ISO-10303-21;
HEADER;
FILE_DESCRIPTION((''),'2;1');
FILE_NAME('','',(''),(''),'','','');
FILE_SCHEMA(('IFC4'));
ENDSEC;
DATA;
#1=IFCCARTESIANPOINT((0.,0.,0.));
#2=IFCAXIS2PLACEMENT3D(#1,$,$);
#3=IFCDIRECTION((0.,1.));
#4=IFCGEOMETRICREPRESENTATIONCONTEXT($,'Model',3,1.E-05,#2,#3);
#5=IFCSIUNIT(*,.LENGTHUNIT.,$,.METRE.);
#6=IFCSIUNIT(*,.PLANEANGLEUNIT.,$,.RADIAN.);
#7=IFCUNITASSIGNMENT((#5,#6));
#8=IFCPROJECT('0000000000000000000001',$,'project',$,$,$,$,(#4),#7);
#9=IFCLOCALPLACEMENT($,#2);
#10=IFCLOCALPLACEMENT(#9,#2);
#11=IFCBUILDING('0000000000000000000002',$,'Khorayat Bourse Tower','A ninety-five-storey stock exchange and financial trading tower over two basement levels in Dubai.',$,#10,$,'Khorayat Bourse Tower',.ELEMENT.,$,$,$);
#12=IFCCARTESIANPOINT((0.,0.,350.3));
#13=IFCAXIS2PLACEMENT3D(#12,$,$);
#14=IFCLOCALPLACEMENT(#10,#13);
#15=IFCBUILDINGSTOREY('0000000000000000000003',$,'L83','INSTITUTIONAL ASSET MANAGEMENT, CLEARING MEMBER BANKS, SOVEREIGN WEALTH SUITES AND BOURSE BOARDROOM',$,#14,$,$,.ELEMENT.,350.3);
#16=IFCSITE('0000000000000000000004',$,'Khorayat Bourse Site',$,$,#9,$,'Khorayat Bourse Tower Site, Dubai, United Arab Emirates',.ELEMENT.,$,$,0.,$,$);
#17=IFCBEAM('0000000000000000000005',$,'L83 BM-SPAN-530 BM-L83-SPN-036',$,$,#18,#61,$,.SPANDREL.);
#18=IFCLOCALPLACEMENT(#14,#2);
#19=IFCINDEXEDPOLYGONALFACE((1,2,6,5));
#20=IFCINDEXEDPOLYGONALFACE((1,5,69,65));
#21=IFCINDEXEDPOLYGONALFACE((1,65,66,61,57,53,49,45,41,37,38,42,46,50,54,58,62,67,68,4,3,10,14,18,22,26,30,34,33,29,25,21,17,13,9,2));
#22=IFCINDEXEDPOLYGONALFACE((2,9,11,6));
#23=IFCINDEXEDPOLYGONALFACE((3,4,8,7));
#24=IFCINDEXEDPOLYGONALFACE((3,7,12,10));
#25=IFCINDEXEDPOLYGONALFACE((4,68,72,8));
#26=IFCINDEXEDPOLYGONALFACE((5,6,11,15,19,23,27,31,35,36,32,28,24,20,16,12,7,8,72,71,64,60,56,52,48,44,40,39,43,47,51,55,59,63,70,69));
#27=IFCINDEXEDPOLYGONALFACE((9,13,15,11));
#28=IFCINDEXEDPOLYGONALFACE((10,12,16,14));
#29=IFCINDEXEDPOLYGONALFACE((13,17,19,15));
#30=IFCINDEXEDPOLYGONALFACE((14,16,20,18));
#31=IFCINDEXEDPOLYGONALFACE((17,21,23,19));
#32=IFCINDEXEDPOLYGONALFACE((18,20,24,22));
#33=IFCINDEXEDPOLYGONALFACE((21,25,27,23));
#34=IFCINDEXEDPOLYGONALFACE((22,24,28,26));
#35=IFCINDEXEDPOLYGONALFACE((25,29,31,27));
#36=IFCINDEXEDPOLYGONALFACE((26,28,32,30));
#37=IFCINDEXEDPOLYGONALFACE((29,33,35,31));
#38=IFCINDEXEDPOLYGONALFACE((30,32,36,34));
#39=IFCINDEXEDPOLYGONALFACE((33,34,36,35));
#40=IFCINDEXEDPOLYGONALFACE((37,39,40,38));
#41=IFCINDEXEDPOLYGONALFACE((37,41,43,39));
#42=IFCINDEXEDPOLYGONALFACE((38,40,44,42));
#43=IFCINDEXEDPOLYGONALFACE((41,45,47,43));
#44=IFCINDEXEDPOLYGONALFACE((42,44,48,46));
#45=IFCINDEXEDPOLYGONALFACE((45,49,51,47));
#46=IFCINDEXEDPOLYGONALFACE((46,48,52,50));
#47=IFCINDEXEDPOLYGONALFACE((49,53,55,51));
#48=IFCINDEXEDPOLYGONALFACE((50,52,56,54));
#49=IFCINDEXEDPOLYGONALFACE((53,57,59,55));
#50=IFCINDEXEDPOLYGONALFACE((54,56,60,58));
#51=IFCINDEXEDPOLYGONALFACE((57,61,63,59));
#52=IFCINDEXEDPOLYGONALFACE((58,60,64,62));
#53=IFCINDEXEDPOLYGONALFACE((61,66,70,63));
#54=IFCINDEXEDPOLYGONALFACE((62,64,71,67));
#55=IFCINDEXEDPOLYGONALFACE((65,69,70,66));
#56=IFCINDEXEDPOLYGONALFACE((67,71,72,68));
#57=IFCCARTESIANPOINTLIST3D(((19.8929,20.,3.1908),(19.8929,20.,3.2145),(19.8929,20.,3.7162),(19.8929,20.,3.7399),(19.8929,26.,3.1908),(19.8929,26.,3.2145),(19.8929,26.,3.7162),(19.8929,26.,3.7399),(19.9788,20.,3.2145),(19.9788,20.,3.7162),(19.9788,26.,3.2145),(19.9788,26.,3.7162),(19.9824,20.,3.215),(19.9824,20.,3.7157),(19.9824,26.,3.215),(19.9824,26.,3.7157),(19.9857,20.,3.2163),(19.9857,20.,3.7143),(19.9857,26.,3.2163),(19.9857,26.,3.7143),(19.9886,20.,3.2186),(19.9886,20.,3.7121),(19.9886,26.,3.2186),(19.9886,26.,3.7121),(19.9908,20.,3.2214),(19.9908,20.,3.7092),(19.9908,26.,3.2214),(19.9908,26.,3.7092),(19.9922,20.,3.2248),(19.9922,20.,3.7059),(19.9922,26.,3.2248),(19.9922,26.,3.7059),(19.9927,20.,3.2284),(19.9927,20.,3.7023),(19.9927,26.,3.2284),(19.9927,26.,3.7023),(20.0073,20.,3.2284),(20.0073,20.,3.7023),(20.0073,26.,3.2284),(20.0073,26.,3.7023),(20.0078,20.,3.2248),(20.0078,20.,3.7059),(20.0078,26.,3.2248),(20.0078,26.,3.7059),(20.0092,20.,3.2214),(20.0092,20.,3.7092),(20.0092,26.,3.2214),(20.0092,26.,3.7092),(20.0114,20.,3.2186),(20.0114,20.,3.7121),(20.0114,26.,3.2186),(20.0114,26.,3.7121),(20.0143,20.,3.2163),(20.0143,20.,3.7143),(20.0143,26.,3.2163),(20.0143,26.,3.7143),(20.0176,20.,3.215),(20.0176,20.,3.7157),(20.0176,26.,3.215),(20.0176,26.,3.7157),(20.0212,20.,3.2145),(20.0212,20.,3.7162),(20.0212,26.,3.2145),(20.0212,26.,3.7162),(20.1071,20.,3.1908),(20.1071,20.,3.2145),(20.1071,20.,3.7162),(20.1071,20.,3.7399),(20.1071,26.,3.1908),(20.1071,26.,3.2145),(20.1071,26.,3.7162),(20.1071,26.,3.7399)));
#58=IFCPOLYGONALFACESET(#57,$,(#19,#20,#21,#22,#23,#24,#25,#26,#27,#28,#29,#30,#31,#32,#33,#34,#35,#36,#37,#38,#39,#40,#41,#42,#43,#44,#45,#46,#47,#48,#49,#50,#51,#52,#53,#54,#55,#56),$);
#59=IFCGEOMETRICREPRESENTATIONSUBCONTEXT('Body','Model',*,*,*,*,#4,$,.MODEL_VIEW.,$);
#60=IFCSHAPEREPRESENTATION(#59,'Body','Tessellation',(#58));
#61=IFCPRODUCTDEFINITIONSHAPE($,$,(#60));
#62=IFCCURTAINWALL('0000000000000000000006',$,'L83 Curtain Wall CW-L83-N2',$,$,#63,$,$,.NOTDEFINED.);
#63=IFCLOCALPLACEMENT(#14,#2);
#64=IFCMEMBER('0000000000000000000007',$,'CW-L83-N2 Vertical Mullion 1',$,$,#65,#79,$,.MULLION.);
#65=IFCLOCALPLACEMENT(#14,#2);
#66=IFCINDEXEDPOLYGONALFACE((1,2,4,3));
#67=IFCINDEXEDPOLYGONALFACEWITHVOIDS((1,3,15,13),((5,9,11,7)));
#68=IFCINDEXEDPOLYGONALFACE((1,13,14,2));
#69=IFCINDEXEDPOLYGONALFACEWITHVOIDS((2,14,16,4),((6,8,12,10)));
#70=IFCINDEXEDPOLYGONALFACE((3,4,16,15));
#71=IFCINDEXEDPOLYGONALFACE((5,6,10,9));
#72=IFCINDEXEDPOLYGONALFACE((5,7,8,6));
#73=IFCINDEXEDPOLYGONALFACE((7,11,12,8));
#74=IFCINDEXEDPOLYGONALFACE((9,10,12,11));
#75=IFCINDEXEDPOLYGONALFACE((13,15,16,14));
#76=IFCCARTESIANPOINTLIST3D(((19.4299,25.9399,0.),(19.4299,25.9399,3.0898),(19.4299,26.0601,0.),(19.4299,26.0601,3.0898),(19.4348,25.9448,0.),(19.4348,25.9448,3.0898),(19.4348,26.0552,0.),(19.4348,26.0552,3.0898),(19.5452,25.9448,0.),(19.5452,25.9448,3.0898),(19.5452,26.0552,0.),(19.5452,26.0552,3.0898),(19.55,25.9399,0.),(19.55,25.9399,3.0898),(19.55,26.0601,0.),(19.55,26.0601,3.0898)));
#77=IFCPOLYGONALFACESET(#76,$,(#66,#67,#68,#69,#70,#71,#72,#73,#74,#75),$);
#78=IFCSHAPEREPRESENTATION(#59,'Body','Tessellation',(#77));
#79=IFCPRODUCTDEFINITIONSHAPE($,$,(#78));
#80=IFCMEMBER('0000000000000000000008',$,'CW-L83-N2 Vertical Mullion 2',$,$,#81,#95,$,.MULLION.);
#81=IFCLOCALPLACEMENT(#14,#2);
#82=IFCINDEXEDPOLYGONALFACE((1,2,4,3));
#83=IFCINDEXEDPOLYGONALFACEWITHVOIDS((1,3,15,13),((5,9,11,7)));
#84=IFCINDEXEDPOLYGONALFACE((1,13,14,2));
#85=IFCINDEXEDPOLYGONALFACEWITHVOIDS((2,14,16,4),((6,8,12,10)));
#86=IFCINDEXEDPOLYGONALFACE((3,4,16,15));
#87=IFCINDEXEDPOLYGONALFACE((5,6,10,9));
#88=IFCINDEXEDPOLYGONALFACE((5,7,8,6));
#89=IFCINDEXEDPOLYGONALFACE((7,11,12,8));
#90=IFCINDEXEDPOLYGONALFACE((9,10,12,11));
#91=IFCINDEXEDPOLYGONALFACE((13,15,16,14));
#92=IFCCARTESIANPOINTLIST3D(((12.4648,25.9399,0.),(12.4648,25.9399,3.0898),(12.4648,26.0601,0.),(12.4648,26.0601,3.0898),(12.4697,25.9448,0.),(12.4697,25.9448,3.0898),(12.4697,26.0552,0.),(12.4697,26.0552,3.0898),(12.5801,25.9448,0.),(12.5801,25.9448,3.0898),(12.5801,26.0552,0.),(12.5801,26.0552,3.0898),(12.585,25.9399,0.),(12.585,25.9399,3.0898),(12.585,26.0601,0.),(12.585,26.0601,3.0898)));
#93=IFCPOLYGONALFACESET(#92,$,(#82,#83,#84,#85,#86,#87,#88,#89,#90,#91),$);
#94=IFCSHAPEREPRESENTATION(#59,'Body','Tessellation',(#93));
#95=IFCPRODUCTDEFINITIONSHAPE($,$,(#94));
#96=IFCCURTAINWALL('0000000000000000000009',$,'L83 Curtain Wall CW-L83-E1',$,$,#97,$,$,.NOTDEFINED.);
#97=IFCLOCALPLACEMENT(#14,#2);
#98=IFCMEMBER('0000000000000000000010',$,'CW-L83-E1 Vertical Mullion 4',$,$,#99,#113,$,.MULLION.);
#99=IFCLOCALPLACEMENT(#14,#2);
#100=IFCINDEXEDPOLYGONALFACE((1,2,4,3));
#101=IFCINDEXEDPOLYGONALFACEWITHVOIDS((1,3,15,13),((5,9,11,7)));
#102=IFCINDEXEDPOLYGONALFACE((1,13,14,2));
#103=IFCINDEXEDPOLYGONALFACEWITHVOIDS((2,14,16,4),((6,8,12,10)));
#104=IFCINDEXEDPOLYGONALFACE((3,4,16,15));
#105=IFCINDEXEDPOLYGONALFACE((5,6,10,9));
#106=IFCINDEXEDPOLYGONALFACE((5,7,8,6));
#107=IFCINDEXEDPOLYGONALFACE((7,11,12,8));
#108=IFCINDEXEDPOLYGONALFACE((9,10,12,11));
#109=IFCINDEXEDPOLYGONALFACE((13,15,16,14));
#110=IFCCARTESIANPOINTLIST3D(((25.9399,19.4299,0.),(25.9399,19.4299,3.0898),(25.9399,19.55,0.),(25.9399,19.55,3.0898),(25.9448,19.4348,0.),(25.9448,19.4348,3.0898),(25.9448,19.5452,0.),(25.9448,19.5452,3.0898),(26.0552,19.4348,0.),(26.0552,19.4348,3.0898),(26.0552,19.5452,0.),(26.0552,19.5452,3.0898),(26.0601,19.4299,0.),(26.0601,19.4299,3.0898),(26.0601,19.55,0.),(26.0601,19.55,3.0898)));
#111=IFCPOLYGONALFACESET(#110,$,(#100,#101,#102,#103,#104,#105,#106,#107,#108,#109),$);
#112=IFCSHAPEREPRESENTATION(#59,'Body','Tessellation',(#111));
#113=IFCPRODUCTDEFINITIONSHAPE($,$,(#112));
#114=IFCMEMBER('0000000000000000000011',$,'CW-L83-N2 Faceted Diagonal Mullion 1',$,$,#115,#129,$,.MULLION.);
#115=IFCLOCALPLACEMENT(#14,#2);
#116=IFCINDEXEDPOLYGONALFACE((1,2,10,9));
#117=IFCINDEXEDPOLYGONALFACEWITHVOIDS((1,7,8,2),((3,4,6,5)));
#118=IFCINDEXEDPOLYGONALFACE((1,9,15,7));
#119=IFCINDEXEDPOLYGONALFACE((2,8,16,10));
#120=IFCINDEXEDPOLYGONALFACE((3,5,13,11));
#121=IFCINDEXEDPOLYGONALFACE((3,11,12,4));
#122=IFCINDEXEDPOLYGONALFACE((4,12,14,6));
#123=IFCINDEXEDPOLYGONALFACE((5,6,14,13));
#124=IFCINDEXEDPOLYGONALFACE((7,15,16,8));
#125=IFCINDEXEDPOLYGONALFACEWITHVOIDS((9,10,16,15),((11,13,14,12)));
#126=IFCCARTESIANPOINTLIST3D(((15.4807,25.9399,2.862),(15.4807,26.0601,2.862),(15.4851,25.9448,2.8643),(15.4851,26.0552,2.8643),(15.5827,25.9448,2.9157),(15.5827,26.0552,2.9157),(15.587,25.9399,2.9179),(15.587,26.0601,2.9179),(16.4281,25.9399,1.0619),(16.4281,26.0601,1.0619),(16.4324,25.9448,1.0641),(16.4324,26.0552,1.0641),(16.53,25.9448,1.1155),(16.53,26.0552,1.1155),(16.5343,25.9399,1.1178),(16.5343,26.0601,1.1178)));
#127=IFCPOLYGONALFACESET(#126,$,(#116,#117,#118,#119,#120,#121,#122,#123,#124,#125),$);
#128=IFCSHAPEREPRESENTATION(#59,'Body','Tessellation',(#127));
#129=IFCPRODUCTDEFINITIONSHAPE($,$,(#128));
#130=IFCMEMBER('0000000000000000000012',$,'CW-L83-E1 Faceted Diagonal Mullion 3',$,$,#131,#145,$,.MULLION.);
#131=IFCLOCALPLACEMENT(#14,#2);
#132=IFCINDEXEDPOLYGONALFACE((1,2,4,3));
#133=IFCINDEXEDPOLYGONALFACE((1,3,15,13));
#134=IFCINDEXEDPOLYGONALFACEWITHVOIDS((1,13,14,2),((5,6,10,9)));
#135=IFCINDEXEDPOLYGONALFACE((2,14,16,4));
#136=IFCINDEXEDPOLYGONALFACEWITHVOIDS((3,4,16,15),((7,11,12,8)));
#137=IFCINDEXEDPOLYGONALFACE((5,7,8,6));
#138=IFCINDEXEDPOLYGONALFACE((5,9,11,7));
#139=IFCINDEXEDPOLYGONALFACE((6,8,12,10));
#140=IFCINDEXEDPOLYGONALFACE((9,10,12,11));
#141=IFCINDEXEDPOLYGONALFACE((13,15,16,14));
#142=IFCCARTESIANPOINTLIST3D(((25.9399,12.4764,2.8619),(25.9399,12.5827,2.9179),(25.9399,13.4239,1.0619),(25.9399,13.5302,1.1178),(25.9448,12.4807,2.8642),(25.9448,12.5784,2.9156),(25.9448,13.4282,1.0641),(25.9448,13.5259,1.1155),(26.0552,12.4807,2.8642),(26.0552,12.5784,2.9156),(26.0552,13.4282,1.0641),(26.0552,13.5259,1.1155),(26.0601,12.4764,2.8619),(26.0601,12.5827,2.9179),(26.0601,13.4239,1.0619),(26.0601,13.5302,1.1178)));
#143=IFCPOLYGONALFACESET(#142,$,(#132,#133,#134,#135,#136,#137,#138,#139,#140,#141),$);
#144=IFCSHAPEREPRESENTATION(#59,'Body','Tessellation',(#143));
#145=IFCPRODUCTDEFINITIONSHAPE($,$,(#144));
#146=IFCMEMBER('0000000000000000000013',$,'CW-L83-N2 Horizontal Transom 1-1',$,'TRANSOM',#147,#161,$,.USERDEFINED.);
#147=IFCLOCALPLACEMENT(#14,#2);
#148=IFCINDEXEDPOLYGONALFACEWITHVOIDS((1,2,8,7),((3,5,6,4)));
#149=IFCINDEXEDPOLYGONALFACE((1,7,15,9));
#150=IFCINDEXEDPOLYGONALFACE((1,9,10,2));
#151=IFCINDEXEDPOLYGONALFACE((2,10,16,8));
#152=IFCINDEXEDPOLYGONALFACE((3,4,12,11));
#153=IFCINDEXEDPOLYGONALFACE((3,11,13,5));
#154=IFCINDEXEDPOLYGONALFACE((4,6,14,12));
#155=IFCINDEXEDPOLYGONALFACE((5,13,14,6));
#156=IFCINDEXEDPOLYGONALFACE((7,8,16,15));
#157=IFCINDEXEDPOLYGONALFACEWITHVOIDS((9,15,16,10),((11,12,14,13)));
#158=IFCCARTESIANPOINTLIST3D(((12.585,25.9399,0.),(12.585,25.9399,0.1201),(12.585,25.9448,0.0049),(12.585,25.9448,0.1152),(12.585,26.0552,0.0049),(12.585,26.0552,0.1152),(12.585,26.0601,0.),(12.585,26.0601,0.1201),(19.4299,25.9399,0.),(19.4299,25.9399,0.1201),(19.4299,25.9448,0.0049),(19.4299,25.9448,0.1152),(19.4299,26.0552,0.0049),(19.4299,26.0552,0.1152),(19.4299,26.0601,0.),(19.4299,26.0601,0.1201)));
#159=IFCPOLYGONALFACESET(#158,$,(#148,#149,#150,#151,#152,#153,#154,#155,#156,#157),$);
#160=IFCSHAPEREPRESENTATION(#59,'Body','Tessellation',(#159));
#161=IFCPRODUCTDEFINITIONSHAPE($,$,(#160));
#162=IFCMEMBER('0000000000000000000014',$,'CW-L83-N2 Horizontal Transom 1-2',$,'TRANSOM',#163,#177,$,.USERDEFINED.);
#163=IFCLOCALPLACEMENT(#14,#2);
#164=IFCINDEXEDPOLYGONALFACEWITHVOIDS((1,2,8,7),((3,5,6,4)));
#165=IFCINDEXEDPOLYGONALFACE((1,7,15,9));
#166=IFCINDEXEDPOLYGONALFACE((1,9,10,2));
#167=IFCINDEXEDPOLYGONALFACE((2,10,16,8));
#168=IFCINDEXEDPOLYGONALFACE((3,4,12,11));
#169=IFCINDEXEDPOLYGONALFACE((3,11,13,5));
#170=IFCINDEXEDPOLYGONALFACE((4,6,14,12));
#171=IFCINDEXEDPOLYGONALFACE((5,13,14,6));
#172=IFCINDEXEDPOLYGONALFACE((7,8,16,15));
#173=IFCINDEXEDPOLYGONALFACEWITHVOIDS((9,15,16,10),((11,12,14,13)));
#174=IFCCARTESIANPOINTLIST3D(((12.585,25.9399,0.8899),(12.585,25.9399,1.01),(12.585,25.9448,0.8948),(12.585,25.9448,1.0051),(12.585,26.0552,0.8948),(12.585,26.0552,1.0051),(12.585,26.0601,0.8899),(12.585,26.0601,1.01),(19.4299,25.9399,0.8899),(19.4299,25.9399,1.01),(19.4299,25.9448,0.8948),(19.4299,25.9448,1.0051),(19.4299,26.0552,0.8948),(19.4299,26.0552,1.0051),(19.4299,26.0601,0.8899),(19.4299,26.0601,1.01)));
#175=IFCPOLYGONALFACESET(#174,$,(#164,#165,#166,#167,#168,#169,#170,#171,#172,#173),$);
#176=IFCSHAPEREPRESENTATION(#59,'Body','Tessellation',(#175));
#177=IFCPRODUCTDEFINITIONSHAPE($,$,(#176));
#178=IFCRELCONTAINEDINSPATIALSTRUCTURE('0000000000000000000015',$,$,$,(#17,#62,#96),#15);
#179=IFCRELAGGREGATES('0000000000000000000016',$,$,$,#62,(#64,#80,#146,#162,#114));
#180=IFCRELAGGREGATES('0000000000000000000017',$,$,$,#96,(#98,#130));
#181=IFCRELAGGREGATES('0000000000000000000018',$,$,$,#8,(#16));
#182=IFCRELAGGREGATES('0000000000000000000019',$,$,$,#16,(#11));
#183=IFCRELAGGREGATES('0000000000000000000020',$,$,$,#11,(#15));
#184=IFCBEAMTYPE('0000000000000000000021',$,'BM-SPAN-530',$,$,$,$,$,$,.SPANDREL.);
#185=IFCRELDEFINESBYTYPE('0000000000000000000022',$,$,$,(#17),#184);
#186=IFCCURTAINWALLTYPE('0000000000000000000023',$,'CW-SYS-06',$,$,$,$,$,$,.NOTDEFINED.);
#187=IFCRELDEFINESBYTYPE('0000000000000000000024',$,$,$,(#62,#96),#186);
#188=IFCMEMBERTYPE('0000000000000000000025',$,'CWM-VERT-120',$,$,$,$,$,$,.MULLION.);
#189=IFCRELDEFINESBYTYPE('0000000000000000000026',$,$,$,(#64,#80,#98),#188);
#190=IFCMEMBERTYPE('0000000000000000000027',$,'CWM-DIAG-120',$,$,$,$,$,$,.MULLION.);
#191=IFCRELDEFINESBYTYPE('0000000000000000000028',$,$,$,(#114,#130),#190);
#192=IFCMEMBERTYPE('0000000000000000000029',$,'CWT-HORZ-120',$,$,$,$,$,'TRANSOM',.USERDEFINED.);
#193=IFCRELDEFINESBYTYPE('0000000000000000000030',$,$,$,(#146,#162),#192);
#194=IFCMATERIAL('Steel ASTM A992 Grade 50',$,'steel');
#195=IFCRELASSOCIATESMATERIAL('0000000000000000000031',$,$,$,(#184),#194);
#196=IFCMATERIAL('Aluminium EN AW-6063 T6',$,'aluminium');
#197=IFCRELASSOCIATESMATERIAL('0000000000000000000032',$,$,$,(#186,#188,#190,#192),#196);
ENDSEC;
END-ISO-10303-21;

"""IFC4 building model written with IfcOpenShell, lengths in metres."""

from ifc_helpers import new_model, si_unit, direction, frame, origin, origin_2d, place, context, subcontext, project, spatial, hollow_rectangle, i_section, extrude, source, transform, mapped, material, material_profile, profile_set, type_object, element, aggregate, save


model = new_model("IFC4")

# Units and contexts
model_context = context("Model", 3, precision=1e-05, world=origin(), true_north=direction((0.0, 1.0)))
body_context = subcontext(model_context, "Body", "Model", "MODEL_VIEW")
ifc_project = project(units=[si_unit("LENGTHUNIT", "METRE"), si_unit("PLANEANGLEUNIT", "RADIAN")], contexts=[model_context])

# Site, building, storey
site_placement = place(None, origin())
site = spatial("IfcSite", under=ifc_project, at=site_placement, Name="Khorayat Bourse Site", LongName="Khorayat Bourse Tower Site, Dubai, United Arab Emirates", CompositionType="ELEMENT", RefElevation=0.0)
building_placement = place(site_placement, origin())
building = spatial("IfcBuilding", under=site, at=building_placement, Name="Khorayat Bourse Tower", Description="A ninety-five-storey stock exchange and financial trading tower over two basement levels in Dubai.", LongName="Khorayat Bourse Tower", CompositionType="ELEMENT")
storey_placement = place(building_placement, frame((0.0, 0.0, 350.3)))
storey = spatial("IfcBuildingStorey", under=building, at=storey_placement, Name="L83", Description="INSTITUTIONAL ASSET MANAGEMENT, CLEARING MEMBER BANKS, SOVEREIGN WEALTH SUITES AND BOURSE BOARDROOM", CompositionType="ELEMENT", Elevation=350.3)

# Beam
ifc_material_1 = material(Name="Steel ASTM A992 Grade 50", Category="steel")
ifc_material_profile_1 = material_profile(ifc_material_1, i_section(OverallWidth=0.2141, OverallDepth=0.5491, WebThickness=0.0146, FlangeThickness=0.0237, FilletRadius=0.0139, at=origin_2d()), Name="W530X138")
ifc_profile_set_1 = profile_set([ifc_material_profile_1], Name="Steel ASTM A992 Grade 50")
beam_type = type_object("IfcBeamType", Name="BM-SPAN-530", PredefinedType="SPANDREL", material=ifc_profile_set_1)
shared_shape_1 = source(origin(), body_context, "Body", "SweptSolid", [
    extrude(i_section(OverallWidth=0.2141, OverallDepth=0.5491, WebThickness=0.0146, FlangeThickness=0.0237, FilletRadius=0.0139, at=origin_2d()), origin(), (0.0, 0.0, 1.0), 6.0),
])
for number, where, z_axis, x_axis, name in (
    (1, (20.0, 20.0, 3.4653), (0.0, 1.0, 0.0), (-1.0, 0.0, 0.0), "L83 BM-SPAN-530 BM-L83-SPN-036"),
):
    element("IfcBeam", number, at=place(storey_placement, frame(where, z_axis=z_axis, x_axis=x_axis)), inside=storey, type_object=beam_type, Name=name, PredefinedType="SPANDREL", context=body_context, shape_type="MappedRepresentation", body=[
        mapped(shared_shape_1, transform((0.0, 0.0, 0.0), scale=1.0)),
    ])

# Curtain wall, members
ifc_material_2 = material(Name="Aluminium EN AW-6063 T6", Category="aluminium")
curtain_wall_type = type_object("IfcCurtainWallType", Name="CW-SYS-06", PredefinedType="NOTDEFINED", material=ifc_material_2)
curtain_wall_1_placement = place(storey_placement, origin())
curtain_wall_1 = element("IfcCurtainWall", 2, at=curtain_wall_1_placement, inside=storey, type_object=curtain_wall_type, Name="L83 Curtain Wall CW-L83-N2", PredefinedType="NOTDEFINED")
ifc_material_profile_2 = material_profile(ifc_material_2, hollow_rectangle(XDim=0.1201, YDim=0.1201, WallThickness=0.0049, at=origin_2d()), Name="ALU 120x120x5")
ifc_profile_set_2 = profile_set([ifc_material_profile_2], Name="Aluminium EN AW-6063 T6")
member_type_1 = type_object("IfcMemberType", Name="CWM-VERT-120", PredefinedType="MULLION", material=ifc_profile_set_2)
shared_shape_2 = source(origin(), body_context, "Body", "SweptSolid", [
    extrude(hollow_rectangle(XDim=0.1201, YDim=0.1201, WallThickness=0.0049, at=origin_2d()), origin(), (0.0, 0.0, 1.0), 3.0898),
])
member_1_placement = place(storey_placement, frame((19.49, 26.0, 0.0), z_axis=(0.0, 0.0, 1.0), x_axis=(0.0, -1.0, 0.0)))
member_1 = element("IfcMember", 3, at=member_1_placement, type_object=member_type_1, Name="CW-L83-N2 Vertical Mullion 1", PredefinedType="MULLION", context=body_context, shape_type="MappedRepresentation", body=[
    mapped(shared_shape_2, transform((0.0, 0.0, 0.0), scale=1.0)),
])
member_2_placement = place(storey_placement, frame((12.5249, 26.0, 0.0), z_axis=(0.0, 0.0, 1.0), x_axis=(0.0, -1.0, 0.0)))
member_2 = element("IfcMember", 4, at=member_2_placement, type_object=member_type_1, Name="CW-L83-N2 Vertical Mullion 2", PredefinedType="MULLION", context=body_context, shape_type="MappedRepresentation", body=[
    mapped(shared_shape_2, transform((0.0, 0.0, 0.0), scale=1.0)),
])

# Curtain wall, member
curtain_wall_2_placement = place(storey_placement, origin())
curtain_wall_2 = element("IfcCurtainWall", 5, at=curtain_wall_2_placement, inside=storey, type_object=curtain_wall_type, Name="L83 Curtain Wall CW-L83-E1", PredefinedType="NOTDEFINED")
member_3_placement = place(storey_placement, frame((26.0, 19.49, 0.0), z_axis=(0.0, 0.0, 1.0), x_axis=(-1.0, 0.0, 0.0)))
member_3 = element("IfcMember", 6, at=member_3_placement, type_object=member_type_1, Name="CW-L83-E1 Vertical Mullion 4", PredefinedType="MULLION", context=body_context, shape_type="MappedRepresentation", body=[
    mapped(shared_shape_2, transform((0.0, 0.0, 0.0), scale=1.0)),
])

# Members
ifc_material_profile_3 = material_profile(ifc_material_2, hollow_rectangle(XDim=0.1201, YDim=0.1201, WallThickness=0.0049, at=origin_2d()), Name="ALU 120x120x5")
ifc_profile_set_3 = profile_set([ifc_material_profile_3], Name="Aluminium EN AW-6063 T6")
member_type_2 = type_object("IfcMemberType", Name="CWM-DIAG-120", PredefinedType="MULLION", material=ifc_profile_set_3)
shared_shape_3 = source(origin(), body_context, "Body", "SweptSolid", [
    extrude(hollow_rectangle(XDim=0.1201, YDim=0.1201, WallThickness=0.0049, at=origin_2d()), origin(), (0.0, 0.0, 1.0), 2.0342),
])
member_4_placement = place(storey_placement, frame((16.4812, 26.0, 1.0898), z_axis=(-0.465697, 0.0, 0.884944), x_axis=(0.0, -1.0, 0.0)))
member_4 = element("IfcMember", 7, at=member_4_placement, type_object=member_type_2, Name="CW-L83-N2 Faceted Diagonal Mullion 1", PredefinedType="MULLION", context=body_context, shape_type="MappedRepresentation", body=[
    mapped(shared_shape_3, transform((0.0, 0.0, 0.0), scale=1.0)),
])
member_5_placement = place(storey_placement, frame((26.0, 13.4771, 1.0898), z_axis=(0.0, -0.465791, 0.884895), x_axis=(1.0, 0.0, 0.0)))
member_5 = element("IfcMember", 8, at=member_5_placement, type_object=member_type_2, Name="CW-L83-E1 Faceted Diagonal Mullion 3", PredefinedType="MULLION", context=body_context, shape_type="MappedRepresentation", body=[
    mapped(shared_shape_3, transform((0.0, 0.0, 0.0), scale=1.0)),
])
ifc_material_profile_4 = material_profile(ifc_material_2, hollow_rectangle(XDim=0.1201, YDim=0.1201, WallThickness=0.0049, at=origin_2d()), Name="ALU 120x120x5")
ifc_profile_set_4 = profile_set([ifc_material_profile_4], Name="Aluminium EN AW-6063 T6")
member_type_3 = type_object("IfcMemberType", Name="CWT-HORZ-120", ElementType="TRANSOM", PredefinedType="USERDEFINED", material=ifc_profile_set_4)
shared_shape_4 = source(origin(), body_context, "Body", "SweptSolid", [
    extrude(hollow_rectangle(XDim=0.1201, YDim=0.1201, WallThickness=0.0049, at=origin_2d()), origin(), (0.0, 0.0, 1.0), 6.845),
])
member_6_placement = place(storey_placement, frame((19.4299, 26.0, 0.0601), z_axis=(-1.0, 0.0, 0.0), x_axis=(0.0, -1.0, 0.0)))
member_6 = element("IfcMember", 9, at=member_6_placement, type_object=member_type_3, Name="CW-L83-N2 Horizontal Transom 1-1", ObjectType="TRANSOM", PredefinedType="USERDEFINED", context=body_context, shape_type="MappedRepresentation", body=[
    mapped(shared_shape_4, transform((0.0, 0.0, 0.0), scale=1.0)),
])
member_7_placement = place(storey_placement, frame((19.4299, 26.0, 0.95), z_axis=(-1.0, 0.0, 0.0), x_axis=(0.0, -1.0, 0.0)))
member_7 = element("IfcMember", 10, at=member_7_placement, type_object=member_type_3, Name="CW-L83-N2 Horizontal Transom 1-2", ObjectType="TRANSOM", PredefinedType="USERDEFINED", context=body_context, shape_type="MappedRepresentation", body=[
    mapped(shared_shape_4, transform((0.0, 0.0, 0.0), scale=1.0)),
])

aggregate(curtain_wall_1, [member_1, member_2, member_6, member_7, member_4])
aggregate(curtain_wall_2, [member_3, member_5])

save(model, "model.ifc")
